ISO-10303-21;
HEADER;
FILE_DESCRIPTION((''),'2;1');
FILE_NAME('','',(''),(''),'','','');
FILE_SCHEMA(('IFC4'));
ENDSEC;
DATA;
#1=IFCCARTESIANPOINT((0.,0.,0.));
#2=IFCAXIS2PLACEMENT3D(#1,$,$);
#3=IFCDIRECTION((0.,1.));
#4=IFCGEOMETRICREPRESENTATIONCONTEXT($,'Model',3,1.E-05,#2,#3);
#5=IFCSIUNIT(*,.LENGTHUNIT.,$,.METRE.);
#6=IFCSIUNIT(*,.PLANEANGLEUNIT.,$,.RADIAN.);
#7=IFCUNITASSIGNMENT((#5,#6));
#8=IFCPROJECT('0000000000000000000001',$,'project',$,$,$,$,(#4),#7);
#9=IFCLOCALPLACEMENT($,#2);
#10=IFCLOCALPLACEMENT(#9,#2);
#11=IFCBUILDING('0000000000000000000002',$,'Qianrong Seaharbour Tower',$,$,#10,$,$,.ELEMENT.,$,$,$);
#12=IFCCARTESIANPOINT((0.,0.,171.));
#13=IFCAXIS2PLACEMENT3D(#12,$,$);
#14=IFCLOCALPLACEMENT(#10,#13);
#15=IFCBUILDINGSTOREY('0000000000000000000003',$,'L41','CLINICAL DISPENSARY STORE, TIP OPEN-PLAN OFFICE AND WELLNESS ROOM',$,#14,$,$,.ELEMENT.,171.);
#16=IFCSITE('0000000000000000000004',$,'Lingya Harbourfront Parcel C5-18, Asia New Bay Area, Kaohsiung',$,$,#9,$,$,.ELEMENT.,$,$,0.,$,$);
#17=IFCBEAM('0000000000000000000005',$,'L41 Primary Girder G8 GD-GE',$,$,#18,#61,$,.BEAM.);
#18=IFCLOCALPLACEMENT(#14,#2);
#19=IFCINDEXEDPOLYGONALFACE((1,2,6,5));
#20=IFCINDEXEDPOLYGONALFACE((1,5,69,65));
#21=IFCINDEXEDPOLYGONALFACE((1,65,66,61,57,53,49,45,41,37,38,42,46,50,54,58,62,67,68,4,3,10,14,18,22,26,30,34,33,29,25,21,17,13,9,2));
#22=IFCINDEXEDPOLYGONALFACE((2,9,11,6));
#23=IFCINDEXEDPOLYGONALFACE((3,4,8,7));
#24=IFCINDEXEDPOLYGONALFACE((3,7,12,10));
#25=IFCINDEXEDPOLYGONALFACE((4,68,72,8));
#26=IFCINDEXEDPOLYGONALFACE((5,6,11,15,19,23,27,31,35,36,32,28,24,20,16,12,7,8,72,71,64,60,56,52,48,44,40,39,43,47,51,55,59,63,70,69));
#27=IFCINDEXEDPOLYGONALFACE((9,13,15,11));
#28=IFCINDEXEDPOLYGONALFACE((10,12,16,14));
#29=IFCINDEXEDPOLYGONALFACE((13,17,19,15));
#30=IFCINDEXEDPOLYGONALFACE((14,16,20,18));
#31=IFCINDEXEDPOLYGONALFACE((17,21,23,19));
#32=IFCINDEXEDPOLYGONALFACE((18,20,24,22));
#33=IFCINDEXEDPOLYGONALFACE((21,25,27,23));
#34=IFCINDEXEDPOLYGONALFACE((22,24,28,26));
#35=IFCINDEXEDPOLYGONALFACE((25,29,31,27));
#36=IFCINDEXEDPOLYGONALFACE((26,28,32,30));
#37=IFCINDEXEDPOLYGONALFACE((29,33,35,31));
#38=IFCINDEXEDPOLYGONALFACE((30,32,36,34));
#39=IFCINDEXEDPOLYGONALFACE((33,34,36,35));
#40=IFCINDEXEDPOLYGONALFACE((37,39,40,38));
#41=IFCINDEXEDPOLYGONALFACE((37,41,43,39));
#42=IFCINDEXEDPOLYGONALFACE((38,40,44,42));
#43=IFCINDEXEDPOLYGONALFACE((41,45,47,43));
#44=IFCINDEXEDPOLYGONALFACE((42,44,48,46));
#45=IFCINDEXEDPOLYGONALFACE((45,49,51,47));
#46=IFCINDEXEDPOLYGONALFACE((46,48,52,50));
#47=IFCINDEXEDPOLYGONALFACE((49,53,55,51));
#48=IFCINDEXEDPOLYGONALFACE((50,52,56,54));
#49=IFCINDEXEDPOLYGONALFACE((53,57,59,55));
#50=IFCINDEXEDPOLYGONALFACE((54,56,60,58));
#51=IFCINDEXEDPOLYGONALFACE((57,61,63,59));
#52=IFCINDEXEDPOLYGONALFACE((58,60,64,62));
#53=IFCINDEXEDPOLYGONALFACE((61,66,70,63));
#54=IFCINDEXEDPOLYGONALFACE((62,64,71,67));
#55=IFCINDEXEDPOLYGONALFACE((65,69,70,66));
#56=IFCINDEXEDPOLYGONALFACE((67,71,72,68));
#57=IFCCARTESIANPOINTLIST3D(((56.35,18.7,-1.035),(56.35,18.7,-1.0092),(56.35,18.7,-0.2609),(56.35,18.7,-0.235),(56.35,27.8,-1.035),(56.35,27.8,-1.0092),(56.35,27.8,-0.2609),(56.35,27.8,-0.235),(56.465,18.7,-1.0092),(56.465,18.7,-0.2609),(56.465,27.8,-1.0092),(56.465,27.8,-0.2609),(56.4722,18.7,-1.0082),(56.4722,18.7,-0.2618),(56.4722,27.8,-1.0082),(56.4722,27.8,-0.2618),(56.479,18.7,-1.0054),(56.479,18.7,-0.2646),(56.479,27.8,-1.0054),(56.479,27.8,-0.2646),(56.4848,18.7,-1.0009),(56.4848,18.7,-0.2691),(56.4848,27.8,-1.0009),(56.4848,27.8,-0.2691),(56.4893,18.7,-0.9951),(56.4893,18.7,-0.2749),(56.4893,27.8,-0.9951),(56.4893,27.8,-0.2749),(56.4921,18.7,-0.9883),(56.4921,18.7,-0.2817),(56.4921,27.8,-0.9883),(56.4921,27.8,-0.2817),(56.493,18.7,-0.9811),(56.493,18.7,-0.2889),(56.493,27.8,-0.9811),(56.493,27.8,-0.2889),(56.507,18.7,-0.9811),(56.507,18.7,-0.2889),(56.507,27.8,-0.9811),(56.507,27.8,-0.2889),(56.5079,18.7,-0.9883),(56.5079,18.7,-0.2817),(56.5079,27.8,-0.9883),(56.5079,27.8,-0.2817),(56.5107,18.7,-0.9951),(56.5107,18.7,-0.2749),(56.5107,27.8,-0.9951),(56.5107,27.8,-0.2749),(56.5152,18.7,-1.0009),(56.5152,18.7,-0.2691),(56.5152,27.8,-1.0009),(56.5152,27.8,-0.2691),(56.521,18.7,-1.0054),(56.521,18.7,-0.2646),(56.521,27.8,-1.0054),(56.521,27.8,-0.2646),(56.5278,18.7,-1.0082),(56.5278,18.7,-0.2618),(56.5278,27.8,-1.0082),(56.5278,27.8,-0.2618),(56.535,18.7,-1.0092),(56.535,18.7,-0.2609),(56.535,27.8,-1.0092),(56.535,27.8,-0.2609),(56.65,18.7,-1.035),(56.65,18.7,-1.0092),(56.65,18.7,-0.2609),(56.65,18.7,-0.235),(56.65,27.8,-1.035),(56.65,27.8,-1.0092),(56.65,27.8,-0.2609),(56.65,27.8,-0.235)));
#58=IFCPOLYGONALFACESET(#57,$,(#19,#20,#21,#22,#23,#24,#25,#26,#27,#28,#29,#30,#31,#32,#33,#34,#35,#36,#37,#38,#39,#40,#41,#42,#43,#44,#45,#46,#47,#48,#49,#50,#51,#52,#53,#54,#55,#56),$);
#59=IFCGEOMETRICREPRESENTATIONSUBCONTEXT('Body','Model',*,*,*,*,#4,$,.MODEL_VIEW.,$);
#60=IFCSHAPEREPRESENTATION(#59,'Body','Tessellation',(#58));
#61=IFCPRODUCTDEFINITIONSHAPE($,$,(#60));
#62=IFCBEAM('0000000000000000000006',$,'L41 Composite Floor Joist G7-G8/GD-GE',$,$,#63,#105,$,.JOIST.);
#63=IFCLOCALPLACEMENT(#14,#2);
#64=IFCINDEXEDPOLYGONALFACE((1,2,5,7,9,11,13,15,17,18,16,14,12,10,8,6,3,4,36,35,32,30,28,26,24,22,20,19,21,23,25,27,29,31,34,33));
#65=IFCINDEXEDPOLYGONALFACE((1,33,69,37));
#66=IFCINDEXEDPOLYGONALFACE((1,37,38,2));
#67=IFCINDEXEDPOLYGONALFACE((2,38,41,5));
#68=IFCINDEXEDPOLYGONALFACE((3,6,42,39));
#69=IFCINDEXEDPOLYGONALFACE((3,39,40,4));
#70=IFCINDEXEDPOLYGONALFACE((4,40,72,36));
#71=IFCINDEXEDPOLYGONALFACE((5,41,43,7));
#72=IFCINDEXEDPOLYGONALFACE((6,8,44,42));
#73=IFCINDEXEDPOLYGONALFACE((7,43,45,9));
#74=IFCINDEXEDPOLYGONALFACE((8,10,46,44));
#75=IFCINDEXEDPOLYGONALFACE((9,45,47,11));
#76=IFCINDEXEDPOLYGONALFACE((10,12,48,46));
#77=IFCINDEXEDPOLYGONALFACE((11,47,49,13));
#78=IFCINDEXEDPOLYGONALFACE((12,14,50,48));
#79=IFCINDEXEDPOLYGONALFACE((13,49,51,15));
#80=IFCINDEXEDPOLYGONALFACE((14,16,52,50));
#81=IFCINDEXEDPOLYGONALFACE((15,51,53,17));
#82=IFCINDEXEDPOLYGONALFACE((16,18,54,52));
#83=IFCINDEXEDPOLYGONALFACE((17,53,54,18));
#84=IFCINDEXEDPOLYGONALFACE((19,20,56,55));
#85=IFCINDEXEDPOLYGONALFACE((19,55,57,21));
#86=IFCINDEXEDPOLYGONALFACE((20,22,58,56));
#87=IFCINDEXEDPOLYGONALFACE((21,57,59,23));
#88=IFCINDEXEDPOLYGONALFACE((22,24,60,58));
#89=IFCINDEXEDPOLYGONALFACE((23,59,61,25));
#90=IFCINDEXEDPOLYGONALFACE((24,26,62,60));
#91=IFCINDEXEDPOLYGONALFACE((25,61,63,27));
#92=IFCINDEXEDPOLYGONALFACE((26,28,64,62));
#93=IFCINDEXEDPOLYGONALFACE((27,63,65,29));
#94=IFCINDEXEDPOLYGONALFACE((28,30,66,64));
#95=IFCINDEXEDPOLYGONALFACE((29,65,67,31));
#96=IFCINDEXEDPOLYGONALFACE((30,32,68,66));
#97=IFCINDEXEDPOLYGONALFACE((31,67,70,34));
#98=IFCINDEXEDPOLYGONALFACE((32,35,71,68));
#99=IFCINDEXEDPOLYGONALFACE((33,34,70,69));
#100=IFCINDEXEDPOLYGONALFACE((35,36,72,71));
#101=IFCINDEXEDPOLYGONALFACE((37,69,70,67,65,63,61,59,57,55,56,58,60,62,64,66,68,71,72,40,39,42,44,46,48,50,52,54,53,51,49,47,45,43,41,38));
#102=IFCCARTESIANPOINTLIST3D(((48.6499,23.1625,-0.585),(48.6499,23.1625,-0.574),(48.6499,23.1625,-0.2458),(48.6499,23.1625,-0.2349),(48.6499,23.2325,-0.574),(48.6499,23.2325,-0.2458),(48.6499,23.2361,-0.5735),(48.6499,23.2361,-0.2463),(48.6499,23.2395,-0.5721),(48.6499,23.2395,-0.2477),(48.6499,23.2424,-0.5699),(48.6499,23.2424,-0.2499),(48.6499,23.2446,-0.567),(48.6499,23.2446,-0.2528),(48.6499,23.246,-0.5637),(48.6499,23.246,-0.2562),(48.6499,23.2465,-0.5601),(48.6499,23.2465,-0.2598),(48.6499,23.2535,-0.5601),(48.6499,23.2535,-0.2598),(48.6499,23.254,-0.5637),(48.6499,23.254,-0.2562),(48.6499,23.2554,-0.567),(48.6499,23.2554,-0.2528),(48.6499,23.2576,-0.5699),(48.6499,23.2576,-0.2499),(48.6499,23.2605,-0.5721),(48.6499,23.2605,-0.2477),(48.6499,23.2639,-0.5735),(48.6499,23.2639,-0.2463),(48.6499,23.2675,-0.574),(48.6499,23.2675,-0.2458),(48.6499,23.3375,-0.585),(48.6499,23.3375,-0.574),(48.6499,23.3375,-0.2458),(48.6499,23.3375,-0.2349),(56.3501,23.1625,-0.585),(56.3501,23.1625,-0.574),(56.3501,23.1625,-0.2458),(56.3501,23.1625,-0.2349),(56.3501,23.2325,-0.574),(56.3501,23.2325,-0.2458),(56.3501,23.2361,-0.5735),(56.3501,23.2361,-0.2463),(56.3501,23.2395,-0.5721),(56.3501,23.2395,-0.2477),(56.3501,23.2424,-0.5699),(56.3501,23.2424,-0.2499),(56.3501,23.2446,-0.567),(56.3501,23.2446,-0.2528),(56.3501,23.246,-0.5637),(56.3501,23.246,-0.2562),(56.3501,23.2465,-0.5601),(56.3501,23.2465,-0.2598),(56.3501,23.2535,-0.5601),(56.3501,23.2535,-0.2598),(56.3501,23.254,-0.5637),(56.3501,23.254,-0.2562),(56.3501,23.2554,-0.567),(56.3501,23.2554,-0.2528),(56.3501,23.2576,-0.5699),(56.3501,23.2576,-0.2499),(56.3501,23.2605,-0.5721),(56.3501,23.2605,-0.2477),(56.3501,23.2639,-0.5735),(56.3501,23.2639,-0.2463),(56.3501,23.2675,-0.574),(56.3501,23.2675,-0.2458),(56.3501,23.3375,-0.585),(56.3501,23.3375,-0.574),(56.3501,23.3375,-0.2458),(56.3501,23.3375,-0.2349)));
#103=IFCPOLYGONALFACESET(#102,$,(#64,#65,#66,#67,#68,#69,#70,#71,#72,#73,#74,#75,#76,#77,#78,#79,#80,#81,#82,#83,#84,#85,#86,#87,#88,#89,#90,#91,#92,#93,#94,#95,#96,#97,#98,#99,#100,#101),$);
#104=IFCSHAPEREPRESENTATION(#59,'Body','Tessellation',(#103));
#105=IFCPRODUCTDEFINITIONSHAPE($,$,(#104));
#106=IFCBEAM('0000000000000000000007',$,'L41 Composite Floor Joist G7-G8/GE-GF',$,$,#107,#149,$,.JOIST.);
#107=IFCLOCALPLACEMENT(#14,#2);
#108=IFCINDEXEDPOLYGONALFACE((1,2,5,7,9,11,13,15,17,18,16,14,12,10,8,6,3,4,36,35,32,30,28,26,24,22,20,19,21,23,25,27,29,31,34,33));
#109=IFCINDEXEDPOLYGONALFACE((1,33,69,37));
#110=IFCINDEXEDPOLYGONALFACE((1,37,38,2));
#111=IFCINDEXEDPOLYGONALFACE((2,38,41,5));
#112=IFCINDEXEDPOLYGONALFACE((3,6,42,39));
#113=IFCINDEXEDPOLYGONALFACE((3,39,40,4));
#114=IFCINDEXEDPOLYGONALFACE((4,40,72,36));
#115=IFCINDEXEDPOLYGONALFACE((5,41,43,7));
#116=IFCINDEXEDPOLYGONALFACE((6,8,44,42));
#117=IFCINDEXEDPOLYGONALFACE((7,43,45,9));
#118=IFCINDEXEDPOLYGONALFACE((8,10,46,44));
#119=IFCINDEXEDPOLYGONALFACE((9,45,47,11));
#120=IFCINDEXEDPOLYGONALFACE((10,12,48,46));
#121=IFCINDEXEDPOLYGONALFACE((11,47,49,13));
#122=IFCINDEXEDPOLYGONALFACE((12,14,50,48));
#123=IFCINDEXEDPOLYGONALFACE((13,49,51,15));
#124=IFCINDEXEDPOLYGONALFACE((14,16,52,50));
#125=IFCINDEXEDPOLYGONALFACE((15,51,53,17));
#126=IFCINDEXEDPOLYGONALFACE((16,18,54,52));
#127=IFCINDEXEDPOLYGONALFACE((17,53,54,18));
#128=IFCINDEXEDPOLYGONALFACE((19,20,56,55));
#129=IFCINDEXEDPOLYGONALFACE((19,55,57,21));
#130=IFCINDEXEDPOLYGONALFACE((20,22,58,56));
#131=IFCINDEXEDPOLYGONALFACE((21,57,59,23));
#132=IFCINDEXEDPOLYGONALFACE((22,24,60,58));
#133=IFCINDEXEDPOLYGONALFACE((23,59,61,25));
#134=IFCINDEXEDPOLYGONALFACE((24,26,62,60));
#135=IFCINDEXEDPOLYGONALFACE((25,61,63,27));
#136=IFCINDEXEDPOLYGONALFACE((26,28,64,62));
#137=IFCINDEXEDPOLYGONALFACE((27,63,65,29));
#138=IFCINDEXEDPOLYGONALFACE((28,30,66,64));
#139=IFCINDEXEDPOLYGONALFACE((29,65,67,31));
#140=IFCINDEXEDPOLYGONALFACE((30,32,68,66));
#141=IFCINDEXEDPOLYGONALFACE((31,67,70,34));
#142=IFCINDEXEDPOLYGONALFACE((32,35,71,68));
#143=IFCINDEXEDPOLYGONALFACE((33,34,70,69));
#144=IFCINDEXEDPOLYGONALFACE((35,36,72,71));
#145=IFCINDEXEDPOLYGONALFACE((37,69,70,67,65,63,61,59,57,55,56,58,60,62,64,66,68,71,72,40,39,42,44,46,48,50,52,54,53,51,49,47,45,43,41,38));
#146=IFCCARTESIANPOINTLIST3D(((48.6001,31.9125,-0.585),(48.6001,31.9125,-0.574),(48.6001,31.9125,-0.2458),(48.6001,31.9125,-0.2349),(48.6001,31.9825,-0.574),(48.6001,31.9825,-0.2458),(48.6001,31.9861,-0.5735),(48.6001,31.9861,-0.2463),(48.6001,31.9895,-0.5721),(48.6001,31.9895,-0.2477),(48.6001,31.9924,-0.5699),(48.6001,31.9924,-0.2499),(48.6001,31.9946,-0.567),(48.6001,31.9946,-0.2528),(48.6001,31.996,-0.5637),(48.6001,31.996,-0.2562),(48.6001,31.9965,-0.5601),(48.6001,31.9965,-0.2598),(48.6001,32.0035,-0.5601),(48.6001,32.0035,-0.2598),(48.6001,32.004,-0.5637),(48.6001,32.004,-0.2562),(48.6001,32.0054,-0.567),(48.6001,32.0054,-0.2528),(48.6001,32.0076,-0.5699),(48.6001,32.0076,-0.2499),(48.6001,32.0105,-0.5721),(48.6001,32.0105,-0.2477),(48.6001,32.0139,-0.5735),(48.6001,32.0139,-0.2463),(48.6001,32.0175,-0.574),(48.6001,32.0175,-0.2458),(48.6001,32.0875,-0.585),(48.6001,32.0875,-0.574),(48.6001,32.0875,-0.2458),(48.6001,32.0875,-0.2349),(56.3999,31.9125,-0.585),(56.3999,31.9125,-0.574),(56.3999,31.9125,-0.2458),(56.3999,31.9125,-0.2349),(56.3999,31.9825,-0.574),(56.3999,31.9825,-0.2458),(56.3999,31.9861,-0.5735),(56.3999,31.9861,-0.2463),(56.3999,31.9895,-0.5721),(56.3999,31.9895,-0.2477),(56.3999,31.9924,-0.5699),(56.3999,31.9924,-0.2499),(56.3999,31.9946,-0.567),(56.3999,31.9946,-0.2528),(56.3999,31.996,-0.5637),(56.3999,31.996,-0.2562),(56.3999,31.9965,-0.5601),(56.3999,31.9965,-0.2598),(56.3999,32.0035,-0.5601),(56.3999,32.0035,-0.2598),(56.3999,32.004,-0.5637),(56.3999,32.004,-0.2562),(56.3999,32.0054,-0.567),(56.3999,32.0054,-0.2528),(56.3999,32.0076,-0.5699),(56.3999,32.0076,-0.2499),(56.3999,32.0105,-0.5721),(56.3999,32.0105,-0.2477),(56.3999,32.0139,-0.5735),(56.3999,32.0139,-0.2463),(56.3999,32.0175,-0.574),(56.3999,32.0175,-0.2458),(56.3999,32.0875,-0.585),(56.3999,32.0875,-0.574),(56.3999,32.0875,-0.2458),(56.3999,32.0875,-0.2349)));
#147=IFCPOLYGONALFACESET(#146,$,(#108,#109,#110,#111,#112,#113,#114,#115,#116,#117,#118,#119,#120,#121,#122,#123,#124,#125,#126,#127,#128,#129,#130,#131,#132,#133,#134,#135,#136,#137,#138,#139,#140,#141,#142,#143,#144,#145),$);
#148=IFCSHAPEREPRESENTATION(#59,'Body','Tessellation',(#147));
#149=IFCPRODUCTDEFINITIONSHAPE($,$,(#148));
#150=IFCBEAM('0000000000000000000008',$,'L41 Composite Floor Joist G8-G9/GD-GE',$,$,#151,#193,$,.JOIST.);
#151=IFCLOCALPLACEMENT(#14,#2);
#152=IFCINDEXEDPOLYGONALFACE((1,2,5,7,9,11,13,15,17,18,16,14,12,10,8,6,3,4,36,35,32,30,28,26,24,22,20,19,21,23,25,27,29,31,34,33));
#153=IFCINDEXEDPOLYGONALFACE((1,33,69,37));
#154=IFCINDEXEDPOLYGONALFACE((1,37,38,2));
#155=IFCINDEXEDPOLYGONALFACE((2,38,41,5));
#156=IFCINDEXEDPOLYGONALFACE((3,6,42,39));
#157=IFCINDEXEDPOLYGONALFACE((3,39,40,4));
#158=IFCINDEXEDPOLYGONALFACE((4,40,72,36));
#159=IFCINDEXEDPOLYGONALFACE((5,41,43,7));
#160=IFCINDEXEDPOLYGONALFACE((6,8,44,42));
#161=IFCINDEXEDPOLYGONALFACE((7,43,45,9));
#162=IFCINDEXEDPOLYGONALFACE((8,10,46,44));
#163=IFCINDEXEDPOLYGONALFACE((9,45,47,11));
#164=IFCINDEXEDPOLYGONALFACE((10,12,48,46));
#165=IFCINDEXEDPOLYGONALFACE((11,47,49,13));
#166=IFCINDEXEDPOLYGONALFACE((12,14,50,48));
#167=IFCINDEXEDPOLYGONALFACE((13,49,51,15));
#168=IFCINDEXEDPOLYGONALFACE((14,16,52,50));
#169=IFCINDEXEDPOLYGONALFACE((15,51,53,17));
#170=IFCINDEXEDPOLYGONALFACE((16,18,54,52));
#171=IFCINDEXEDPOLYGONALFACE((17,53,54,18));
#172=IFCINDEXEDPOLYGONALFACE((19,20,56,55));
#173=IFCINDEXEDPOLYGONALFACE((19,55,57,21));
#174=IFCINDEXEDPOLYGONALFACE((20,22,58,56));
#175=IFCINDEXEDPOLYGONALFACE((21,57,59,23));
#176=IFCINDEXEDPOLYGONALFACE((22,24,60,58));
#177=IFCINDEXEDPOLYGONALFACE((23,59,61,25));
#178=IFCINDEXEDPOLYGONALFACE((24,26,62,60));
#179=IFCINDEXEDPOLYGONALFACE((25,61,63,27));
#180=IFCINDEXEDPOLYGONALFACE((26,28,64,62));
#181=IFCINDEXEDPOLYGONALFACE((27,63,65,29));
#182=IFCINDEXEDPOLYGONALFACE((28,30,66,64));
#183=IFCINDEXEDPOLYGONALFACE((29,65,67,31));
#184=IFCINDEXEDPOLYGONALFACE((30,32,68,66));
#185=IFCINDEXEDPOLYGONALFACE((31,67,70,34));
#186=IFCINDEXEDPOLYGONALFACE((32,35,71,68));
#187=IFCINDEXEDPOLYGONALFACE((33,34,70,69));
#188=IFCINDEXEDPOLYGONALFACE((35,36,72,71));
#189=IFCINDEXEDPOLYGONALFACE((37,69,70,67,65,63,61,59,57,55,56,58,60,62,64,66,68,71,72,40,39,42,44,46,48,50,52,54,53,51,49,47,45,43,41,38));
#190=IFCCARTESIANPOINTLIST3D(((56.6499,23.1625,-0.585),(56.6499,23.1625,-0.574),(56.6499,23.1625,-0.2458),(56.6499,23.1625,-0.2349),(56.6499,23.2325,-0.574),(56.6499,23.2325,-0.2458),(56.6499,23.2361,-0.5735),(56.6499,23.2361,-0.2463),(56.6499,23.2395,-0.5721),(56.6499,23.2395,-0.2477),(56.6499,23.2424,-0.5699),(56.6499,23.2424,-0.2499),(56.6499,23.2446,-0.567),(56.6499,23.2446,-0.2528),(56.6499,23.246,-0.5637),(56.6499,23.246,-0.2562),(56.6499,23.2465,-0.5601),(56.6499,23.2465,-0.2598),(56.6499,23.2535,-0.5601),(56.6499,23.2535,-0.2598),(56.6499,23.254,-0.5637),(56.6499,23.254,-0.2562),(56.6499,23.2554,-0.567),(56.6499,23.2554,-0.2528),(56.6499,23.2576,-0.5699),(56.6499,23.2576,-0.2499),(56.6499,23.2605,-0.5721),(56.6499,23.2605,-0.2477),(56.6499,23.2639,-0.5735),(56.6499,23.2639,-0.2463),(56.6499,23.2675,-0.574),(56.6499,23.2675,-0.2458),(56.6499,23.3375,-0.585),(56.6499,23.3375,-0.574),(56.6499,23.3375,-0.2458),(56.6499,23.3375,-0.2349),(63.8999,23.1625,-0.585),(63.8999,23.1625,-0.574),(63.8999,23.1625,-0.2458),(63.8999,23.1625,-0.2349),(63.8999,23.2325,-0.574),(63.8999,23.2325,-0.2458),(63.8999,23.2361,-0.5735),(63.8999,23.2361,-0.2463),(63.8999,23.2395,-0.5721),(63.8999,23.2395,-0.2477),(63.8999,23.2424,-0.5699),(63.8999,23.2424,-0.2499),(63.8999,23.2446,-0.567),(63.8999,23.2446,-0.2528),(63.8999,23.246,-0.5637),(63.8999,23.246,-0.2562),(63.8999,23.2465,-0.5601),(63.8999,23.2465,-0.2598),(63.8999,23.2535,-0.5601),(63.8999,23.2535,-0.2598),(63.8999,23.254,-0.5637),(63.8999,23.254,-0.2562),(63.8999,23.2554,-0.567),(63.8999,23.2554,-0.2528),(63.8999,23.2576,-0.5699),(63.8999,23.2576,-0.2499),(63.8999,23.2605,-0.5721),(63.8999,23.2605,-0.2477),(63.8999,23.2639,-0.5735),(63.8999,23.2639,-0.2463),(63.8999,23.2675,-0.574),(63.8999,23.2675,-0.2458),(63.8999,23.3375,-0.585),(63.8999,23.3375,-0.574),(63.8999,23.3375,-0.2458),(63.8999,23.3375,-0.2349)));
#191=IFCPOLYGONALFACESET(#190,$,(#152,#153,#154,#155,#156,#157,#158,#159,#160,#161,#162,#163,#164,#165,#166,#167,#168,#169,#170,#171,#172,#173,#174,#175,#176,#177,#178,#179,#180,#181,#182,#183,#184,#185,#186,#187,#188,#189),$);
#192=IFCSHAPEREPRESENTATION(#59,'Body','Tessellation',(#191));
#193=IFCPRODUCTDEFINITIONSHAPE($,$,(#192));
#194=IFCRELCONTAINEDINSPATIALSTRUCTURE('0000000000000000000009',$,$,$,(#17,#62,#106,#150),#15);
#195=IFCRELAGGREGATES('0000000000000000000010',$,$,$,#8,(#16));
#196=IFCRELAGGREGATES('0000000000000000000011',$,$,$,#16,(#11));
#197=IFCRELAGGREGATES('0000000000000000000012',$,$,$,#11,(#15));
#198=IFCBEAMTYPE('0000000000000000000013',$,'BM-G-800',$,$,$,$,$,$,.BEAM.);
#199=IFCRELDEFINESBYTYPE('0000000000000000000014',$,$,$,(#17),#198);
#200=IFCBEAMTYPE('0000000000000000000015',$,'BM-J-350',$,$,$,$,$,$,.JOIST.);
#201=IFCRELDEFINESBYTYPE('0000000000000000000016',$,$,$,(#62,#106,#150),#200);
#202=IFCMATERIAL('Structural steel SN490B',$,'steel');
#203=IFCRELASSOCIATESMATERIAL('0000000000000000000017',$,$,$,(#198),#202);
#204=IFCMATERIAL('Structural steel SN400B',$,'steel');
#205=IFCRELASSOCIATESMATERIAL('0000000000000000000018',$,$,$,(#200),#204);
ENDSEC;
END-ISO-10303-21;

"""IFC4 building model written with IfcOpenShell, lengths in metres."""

from ifc_helpers import new_model, si_unit, direction, frame, origin, origin_2d, place, context, subcontext, project, spatial, i_section, extrude, material, material_profile, profile_set, type_object, element, save


model = new_model("IFC4")

# Units and contexts
model_context = context("Model", 3, precision=1e-05, world=origin(), true_north=direction((0.0, 1.0)))
body_context = subcontext(model_context, "Body", "Model", "MODEL_VIEW")
ifc_project = project(units=[si_unit("LENGTHUNIT", "METRE"), si_unit("PLANEANGLEUNIT", "RADIAN")], contexts=[model_context])

# Site, building, storey
site_placement = place(None, origin())
site = spatial("IfcSite", under=ifc_project, at=site_placement, Name="Lingya Harbourfront Parcel C5-18, Asia New Bay Area, Kaohsiung", CompositionType="ELEMENT", RefElevation=0.0)
building_placement = place(site_placement, origin())
building = spatial("IfcBuilding", under=site, at=building_placement, Name="Qianrong Seaharbour Tower", CompositionType="ELEMENT")
storey_placement = place(building_placement, frame((0.0, 0.0, 171.0)))
storey = spatial("IfcBuildingStorey", under=building, at=storey_placement, Name="L41", Description="CLINICAL DISPENSARY STORE, TIP OPEN-PLAN OFFICE AND WELLNESS ROOM", CompositionType="ELEMENT", Elevation=171.0)

# Shared definitions
ifc_material_1 = material(Name="Structural steel SN490B", Category="steel")

# Beams
ifc_material_profile_1 = material_profile(ifc_material_1, i_section(OverallWidth=0.3, OverallDepth=0.8, WebThickness=0.0139, FlangeThickness=0.0259, FilletRadius=0.0281, at=origin_2d()), Name="H800x300x14x26")
ifc_profile_set_1 = profile_set([ifc_material_profile_1], Name="Structural steel SN490B")
beam_type_1 = type_object("IfcBeamType", Name="BM-G-800", PredefinedType="BEAM", material=ifc_profile_set_1)
for number, where, z_axis, x_axis, name in (
    (1, (56.5, 18.7, -0.635), (0.0, 1.0, 0.0), (-1.0, 0.0, 0.0), "L41 Primary Girder G8 GD-GE"),
):
    element("IfcBeam", number, at=place(storey_placement, frame(where, z_axis=z_axis, x_axis=x_axis)), inside=storey, type_object=beam_type_1, Name=name, PredefinedType="BEAM", context=body_context, shape_type="SweptSolid", body=[
        extrude(i_section(OverallWidth=0.3, OverallDepth=0.8, WebThickness=0.0139, FlangeThickness=0.0259, FilletRadius=0.0281, at=origin_2d()), origin(), (0.0, 0.0, 1.0), 9.1001),
    ])
ifc_material_2 = material(Name="Structural steel SN400B", Category="steel")
ifc_material_profile_2 = material_profile(ifc_material_2, i_section(OverallWidth=0.175, OverallDepth=0.3501, WebThickness=0.0071, FlangeThickness=0.011, FilletRadius=0.0139, at=origin_2d()), Name="H350x175x7x11")
ifc_profile_set_2 = profile_set([ifc_material_profile_2], Name="Structural steel SN400B")
beam_type_2 = type_object("IfcBeamType", Name="BM-J-350", PredefinedType="JOIST", material=ifc_profile_set_2)
beam_1_placement = place(storey_placement, frame((48.6499, 23.25, -0.4099), z_axis=(1.0, 0.0, 0.0), x_axis=(0.0, 1.0, 0.0)))
element("IfcBeam", 2, at=beam_1_placement, inside=storey, type_object=beam_type_2, Name="L41 Composite Floor Joist G7-G8/GD-GE", PredefinedType="JOIST", context=body_context, shape_type="SweptSolid", body=[
    extrude(i_section(OverallWidth=0.175, OverallDepth=0.3501, WebThickness=0.0071, FlangeThickness=0.011, FilletRadius=0.0139, at=origin_2d()), origin(), (0.0, 0.0, 1.0), 7.7002),
])
beam_2_placement = place(storey_placement, frame((48.6001, 32.0, -0.4099), z_axis=(1.0, 0.0, 0.0), x_axis=(0.0, 1.0, 0.0)))
element("IfcBeam", 3, at=beam_2_placement, inside=storey, type_object=beam_type_2, Name="L41 Composite Floor Joist G7-G8/GE-GF", PredefinedType="JOIST", context=body_context, shape_type="SweptSolid", body=[
    extrude(i_section(OverallWidth=0.175, OverallDepth=0.3501, WebThickness=0.0071, FlangeThickness=0.011, FilletRadius=0.0139, at=origin_2d()), origin(), (0.0, 0.0, 1.0), 7.7998),
])
beam_3_placement = place(storey_placement, frame((56.6499, 23.25, -0.4099), z_axis=(1.0, 0.0, 0.0), x_axis=(0.0, 1.0, 0.0)))
element("IfcBeam", 4, at=beam_3_placement, inside=storey, type_object=beam_type_2, Name="L41 Composite Floor Joist G8-G9/GD-GE", PredefinedType="JOIST", context=body_context, shape_type="SweptSolid", body=[
    extrude(i_section(OverallWidth=0.175, OverallDepth=0.3501, WebThickness=0.0071, FlangeThickness=0.011, FilletRadius=0.0139, at=origin_2d()), origin(), (0.0, 0.0, 1.0), 7.25),
])

save(model, "model.ifc")
